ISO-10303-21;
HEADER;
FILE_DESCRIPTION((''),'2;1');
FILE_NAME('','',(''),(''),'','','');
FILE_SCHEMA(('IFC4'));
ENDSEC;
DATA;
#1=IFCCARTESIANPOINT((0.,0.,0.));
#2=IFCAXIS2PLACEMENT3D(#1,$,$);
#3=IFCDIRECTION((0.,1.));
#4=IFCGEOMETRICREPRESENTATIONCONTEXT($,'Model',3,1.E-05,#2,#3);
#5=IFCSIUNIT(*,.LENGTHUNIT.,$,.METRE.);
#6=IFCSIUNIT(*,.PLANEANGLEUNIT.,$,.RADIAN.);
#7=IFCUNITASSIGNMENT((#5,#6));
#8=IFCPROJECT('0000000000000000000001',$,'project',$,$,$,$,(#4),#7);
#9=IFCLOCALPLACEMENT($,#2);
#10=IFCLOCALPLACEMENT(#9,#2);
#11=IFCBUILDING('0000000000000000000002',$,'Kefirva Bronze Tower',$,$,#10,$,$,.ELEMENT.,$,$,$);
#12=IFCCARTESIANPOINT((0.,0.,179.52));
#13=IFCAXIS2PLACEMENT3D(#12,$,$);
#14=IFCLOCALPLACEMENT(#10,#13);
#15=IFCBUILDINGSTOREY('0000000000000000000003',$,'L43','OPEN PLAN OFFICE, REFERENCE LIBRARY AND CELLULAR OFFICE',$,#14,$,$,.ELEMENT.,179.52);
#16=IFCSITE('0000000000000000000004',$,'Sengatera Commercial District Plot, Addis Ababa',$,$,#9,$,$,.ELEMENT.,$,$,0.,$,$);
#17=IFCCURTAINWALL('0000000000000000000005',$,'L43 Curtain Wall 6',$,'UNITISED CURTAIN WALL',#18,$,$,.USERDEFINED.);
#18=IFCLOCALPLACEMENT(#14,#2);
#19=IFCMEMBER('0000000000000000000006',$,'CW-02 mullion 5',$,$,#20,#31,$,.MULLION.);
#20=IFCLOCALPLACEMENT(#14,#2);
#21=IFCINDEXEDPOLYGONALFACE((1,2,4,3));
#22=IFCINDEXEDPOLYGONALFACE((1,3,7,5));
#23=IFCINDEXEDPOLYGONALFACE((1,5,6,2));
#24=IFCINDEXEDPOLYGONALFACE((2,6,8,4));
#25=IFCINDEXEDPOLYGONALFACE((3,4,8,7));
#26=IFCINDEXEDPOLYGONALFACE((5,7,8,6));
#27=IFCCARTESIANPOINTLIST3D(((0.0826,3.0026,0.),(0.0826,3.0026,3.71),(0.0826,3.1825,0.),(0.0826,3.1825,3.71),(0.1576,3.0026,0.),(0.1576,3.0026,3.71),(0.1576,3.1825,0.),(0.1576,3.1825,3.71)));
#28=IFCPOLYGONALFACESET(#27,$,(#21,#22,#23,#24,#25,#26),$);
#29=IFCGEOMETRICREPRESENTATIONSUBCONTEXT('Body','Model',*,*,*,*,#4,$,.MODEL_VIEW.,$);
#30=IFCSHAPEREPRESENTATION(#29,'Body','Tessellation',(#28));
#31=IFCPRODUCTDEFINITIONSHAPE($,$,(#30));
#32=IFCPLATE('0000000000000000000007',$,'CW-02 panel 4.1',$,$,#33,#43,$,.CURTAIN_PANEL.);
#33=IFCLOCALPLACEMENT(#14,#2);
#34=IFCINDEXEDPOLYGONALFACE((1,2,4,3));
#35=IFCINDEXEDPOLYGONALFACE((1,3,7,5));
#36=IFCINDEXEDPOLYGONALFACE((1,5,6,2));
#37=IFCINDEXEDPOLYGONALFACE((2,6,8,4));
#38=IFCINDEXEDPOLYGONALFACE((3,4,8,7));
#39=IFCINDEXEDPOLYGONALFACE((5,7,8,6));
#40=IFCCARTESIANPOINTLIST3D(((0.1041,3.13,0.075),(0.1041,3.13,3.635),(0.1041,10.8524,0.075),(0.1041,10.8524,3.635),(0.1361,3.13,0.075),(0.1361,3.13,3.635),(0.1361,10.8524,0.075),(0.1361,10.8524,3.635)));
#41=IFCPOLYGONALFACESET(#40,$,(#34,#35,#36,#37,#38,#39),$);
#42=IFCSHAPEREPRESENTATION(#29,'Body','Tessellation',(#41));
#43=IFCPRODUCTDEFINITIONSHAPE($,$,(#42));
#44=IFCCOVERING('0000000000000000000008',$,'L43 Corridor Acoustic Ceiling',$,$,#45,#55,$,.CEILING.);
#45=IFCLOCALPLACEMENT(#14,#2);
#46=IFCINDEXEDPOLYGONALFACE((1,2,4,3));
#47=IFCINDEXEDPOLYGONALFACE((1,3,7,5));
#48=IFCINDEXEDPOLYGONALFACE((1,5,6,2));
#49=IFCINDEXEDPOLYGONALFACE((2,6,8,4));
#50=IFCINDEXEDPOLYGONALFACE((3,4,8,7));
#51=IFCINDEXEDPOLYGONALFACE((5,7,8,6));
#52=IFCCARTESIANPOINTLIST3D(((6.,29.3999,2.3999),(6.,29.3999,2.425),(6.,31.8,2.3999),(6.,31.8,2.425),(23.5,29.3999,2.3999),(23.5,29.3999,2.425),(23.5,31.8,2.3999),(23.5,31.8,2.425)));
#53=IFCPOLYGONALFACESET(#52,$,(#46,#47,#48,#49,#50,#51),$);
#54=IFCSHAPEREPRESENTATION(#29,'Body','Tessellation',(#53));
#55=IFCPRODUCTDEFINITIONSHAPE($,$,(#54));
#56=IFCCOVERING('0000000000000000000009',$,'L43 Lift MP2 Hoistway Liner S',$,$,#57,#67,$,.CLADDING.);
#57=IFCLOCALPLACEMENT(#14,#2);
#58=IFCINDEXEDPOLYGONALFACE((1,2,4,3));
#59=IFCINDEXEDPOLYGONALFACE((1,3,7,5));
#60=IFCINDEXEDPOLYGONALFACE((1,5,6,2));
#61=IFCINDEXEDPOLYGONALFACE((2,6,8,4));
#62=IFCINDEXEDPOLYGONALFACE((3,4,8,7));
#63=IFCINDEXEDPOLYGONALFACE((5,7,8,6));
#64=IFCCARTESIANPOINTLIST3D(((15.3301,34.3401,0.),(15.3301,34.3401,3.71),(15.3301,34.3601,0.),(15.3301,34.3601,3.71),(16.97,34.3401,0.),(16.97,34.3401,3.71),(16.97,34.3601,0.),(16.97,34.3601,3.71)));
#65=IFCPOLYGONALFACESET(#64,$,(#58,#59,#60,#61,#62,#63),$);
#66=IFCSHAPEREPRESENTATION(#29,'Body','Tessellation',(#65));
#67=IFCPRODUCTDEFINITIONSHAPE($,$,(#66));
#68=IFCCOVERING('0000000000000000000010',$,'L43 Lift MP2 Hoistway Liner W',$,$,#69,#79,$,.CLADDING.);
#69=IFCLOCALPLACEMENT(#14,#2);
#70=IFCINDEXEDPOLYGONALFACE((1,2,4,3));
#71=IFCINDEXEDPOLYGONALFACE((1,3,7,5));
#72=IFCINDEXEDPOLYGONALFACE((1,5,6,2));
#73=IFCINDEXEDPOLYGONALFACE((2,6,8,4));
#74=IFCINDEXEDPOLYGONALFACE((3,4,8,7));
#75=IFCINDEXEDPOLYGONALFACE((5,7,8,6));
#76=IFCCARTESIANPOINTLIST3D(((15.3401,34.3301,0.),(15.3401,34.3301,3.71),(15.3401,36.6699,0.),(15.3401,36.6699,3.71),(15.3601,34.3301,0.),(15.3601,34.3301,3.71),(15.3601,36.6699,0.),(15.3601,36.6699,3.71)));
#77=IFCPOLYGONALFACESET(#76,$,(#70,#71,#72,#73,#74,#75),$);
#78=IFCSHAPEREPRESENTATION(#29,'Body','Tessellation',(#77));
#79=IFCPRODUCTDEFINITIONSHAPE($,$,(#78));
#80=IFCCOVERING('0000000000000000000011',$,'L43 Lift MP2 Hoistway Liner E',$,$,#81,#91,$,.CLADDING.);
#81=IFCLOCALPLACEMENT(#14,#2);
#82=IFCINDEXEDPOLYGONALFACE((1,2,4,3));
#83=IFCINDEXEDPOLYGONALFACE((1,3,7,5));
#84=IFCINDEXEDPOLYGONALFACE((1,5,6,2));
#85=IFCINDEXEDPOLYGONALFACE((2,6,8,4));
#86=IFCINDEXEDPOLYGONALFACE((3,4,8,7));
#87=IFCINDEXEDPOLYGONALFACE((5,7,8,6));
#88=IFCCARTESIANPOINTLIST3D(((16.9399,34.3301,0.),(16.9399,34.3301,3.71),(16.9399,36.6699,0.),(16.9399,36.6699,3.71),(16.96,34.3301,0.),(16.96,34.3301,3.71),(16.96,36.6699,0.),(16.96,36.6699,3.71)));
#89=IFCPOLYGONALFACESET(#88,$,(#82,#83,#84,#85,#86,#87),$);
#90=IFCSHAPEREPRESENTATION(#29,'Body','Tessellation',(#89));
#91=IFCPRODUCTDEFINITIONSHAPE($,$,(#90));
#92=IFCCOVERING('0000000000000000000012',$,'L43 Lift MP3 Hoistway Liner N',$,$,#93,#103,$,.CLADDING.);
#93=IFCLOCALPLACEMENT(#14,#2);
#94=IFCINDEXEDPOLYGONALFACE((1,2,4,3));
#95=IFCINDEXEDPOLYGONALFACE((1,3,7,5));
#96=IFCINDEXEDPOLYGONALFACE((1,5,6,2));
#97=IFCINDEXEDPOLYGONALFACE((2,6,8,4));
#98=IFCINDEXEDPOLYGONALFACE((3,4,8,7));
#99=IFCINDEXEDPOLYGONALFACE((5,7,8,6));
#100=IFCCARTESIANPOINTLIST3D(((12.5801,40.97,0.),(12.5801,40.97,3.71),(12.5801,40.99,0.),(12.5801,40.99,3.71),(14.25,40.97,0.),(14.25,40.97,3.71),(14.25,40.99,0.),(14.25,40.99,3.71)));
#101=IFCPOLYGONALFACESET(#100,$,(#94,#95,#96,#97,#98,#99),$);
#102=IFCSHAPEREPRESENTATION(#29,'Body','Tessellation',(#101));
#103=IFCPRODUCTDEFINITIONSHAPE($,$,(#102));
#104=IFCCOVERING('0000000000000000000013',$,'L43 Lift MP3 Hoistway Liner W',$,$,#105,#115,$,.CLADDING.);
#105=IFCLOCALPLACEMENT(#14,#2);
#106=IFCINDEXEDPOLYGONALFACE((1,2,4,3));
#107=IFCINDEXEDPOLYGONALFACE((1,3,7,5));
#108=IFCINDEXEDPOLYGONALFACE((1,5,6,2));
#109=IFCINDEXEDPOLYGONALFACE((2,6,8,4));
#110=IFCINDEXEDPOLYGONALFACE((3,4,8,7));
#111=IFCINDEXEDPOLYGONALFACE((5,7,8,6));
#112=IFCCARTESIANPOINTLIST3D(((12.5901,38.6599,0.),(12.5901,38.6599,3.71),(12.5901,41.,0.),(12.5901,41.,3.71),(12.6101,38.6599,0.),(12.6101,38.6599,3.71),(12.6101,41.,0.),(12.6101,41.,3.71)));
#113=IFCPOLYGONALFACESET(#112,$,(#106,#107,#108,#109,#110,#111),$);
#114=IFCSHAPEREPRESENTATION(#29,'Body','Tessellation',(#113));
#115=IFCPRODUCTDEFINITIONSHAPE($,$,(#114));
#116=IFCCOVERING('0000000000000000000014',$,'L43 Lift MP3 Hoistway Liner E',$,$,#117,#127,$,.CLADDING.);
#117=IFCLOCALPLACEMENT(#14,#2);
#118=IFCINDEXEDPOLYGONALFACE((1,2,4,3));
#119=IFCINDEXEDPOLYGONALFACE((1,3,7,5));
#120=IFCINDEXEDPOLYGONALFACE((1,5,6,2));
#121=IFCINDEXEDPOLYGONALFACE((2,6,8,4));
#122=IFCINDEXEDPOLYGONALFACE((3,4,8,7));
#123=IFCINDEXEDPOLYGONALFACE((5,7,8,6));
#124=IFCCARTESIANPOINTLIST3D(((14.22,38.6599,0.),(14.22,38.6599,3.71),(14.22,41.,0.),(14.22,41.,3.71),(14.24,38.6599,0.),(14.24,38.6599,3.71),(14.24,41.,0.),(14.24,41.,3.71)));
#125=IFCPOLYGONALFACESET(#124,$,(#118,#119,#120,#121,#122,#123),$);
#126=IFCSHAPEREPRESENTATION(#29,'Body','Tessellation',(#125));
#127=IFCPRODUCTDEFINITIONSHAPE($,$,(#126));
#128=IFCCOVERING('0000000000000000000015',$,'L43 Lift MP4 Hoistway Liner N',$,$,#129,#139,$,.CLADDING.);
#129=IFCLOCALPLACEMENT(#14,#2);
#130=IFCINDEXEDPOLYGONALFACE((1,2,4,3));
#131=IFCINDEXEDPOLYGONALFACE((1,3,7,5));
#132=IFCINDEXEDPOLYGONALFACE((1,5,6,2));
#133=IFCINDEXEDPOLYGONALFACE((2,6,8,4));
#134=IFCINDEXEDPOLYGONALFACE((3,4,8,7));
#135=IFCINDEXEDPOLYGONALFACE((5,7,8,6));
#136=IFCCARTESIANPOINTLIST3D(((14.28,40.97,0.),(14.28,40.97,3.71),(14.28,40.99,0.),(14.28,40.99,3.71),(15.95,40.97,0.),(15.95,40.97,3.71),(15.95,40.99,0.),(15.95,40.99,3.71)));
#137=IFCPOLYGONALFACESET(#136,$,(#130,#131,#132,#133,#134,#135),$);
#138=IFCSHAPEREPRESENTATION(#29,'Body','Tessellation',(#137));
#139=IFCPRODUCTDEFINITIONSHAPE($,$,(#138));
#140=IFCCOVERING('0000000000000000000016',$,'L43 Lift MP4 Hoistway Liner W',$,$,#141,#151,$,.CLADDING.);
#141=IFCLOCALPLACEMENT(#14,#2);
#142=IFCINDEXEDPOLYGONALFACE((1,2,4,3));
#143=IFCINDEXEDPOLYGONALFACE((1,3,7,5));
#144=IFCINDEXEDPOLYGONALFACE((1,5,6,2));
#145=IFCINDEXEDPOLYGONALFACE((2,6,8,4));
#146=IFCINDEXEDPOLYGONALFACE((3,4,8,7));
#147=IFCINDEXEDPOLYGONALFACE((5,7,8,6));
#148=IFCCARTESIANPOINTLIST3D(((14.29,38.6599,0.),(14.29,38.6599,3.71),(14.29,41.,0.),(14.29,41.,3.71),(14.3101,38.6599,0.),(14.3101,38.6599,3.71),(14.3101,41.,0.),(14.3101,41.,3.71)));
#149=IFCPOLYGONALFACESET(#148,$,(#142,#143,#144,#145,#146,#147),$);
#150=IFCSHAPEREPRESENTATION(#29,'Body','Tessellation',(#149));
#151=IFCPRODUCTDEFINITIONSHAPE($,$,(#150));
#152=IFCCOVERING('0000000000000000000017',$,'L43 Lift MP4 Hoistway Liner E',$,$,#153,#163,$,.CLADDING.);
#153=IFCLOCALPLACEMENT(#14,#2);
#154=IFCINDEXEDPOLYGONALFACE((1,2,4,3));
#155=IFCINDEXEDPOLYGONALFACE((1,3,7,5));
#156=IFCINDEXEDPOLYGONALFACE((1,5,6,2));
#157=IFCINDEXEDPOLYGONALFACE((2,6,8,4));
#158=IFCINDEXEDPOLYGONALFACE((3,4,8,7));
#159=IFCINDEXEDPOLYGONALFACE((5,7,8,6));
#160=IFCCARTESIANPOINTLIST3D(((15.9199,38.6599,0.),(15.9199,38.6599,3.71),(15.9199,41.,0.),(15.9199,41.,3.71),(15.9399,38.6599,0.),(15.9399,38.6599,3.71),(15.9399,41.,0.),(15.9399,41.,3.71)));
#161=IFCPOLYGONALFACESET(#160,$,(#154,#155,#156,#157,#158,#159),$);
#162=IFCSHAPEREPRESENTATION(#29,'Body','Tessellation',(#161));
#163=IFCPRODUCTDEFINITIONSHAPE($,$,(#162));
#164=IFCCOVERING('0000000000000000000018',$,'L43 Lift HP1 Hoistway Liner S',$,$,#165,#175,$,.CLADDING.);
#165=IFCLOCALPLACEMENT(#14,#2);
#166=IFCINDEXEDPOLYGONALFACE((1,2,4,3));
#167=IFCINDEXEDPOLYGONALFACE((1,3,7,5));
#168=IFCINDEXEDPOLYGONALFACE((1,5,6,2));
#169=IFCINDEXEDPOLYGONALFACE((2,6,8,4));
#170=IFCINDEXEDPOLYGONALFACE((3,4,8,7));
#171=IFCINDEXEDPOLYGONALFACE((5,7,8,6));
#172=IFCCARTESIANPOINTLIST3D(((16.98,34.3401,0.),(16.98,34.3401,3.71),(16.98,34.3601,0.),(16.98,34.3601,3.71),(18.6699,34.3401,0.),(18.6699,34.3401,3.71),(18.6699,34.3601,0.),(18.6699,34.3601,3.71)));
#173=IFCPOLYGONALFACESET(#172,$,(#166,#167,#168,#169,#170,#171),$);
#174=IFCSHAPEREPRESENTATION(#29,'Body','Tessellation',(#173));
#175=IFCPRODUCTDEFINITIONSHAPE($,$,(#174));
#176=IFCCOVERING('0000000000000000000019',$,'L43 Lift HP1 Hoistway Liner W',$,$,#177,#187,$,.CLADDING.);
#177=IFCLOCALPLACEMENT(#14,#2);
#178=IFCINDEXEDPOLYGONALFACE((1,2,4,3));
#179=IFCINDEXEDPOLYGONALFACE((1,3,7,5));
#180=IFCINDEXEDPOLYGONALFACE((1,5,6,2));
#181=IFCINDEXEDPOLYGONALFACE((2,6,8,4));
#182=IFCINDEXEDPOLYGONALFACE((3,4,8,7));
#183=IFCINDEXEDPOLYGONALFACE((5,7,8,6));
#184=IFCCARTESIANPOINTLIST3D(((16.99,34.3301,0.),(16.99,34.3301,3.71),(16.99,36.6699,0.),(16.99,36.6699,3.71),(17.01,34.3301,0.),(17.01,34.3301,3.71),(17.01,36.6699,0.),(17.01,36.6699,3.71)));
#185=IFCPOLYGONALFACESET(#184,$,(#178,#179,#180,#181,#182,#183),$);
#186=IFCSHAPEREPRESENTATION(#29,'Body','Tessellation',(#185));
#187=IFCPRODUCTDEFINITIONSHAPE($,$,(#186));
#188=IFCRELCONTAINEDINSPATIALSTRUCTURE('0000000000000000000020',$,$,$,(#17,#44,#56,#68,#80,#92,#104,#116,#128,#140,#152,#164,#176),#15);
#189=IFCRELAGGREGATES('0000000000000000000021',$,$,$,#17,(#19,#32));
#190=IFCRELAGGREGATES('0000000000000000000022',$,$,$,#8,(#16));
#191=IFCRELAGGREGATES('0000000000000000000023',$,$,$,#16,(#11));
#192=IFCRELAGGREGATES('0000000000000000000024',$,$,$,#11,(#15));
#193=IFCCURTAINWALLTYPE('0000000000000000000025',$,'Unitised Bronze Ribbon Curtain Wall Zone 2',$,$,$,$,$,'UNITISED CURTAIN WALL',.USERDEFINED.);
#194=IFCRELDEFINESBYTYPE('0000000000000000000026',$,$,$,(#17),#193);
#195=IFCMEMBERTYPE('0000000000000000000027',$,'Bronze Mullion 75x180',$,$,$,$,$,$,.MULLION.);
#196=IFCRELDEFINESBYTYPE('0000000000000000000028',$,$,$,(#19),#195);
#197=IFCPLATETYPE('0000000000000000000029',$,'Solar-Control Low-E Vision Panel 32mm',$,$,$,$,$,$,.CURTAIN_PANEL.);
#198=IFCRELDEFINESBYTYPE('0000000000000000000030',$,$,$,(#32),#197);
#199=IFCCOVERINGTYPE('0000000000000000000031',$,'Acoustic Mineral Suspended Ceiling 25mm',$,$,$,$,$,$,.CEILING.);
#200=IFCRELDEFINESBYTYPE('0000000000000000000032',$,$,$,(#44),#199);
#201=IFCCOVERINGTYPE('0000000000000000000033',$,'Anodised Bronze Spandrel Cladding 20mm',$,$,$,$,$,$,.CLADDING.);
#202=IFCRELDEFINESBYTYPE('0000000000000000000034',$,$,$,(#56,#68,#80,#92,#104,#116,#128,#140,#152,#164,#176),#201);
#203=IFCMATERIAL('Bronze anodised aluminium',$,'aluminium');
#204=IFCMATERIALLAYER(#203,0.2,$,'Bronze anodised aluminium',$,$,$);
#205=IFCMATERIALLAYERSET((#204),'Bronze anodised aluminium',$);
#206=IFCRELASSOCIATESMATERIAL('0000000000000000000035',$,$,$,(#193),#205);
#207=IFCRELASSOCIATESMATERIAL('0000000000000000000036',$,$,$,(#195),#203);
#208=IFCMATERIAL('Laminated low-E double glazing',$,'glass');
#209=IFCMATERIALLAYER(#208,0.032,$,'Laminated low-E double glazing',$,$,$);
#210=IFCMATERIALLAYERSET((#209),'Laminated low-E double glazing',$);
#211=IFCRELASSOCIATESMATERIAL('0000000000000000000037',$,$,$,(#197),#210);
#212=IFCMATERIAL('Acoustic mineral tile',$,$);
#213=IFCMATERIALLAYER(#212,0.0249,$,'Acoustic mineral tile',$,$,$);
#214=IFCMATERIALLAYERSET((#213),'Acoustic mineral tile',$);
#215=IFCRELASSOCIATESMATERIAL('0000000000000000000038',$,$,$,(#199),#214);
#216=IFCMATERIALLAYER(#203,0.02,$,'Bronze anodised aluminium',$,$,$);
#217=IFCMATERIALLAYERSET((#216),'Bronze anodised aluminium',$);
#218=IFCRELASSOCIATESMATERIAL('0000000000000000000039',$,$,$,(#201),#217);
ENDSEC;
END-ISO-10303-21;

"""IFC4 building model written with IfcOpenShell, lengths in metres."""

from ifc_helpers import new_model, si_unit, direction, frame, origin, origin_2d, place, context, subcontext, project, spatial, polyline, rectangle, outline, extrude, material, layer, layer_set, material_profile, profile_set, type_object, element, aggregate, save


model = new_model("IFC4")

# Units and contexts
model_context = context("Model", 3, precision=1e-05, world=origin(), true_north=direction((0.0, 1.0)))
body_context = subcontext(model_context, "Body", "Model", "MODEL_VIEW")
ifc_project = project(units=[si_unit("LENGTHUNIT", "METRE"), si_unit("PLANEANGLEUNIT", "RADIAN")], contexts=[model_context])

# Site, building, storey
site_placement = place(None, origin())
site = spatial("IfcSite", under=ifc_project, at=site_placement, Name="Sengatera Commercial District Plot, Addis Ababa", CompositionType="ELEMENT", RefElevation=0.0)
building_placement = place(site_placement, origin())
building = spatial("IfcBuilding", under=site, at=building_placement, Name="Kefirva Bronze Tower", CompositionType="ELEMENT")
storey_placement = place(building_placement, frame((0.0, 0.0, 179.52)))
storey = spatial("IfcBuildingStorey", under=building, at=storey_placement, Name="L43", Description="OPEN PLAN OFFICE, REFERENCE LIBRARY AND CELLULAR OFFICE", CompositionType="ELEMENT", Elevation=179.52)

# Curtain wall, member, plate
ifc_material_1 = material(Name="Bronze anodised aluminium", Category="aluminium")
ifc_layer_1 = layer(ifc_material_1, 0.2, Name="Bronze anodised aluminium")
ifc_layer_set_1 = layer_set([ifc_layer_1], Name="Bronze anodised aluminium")
curtain_wall_type = type_object("IfcCurtainWallType", Name="Unitised Bronze Ribbon Curtain Wall Zone 2", ElementType="UNITISED CURTAIN WALL", PredefinedType="USERDEFINED", material=ifc_layer_set_1)
curtain_wall_placement = place(storey_placement, origin())
curtain_wall = element("IfcCurtainWall", 1, at=curtain_wall_placement, inside=storey, type_object=curtain_wall_type, Name="L43 Curtain Wall 6", ObjectType="UNITISED CURTAIN WALL", PredefinedType="USERDEFINED")
ifc_material_profile = material_profile(ifc_material_1, rectangle(XDim=0.075, YDim=0.1799, at=origin_2d()), Name="ALU 75x180")
ifc_profile_set = profile_set([ifc_material_profile], Name="Bronze anodised aluminium")
member_type = type_object("IfcMemberType", Name="Bronze Mullion 75x180", PredefinedType="MULLION", material=ifc_profile_set)
member_placement = place(storey_placement, frame((0.1201, 3.0925, 0.0), z_axis=(0.0, 0.0, 1.0), x_axis=(1.0, 0.0, 0.0)))
member = element("IfcMember", 2, at=member_placement, type_object=member_type, Name="CW-02 mullion 5", PredefinedType="MULLION", context=body_context, shape_type="SweptSolid", body=[
    extrude(rectangle(XDim=0.075, YDim=0.1799, at=origin_2d()), origin(), (0.0, 0.0, 1.0), 3.71),
])
ifc_material_2 = material(Name="Laminated low-E double glazing", Category="glass")
ifc_layer_2 = layer(ifc_material_2, 0.032, Name="Laminated low-E double glazing")
ifc_layer_set_2 = layer_set([ifc_layer_2], Name="Laminated low-E double glazing")
plate_type = type_object("IfcPlateType", Name="Solar-Control Low-E Vision Panel 32mm", PredefinedType="CURTAIN_PANEL", material=ifc_layer_set_2)
plate_placement = place(storey_placement, frame((0.1201, 6.9912, 0.075), z_axis=(0.0, 0.0, 1.0), x_axis=(0.0, -1.0, 0.0)))
plate = element("IfcPlate", 3, at=plate_placement, type_object=plate_type, Name="CW-02 panel 4.1", PredefinedType="CURTAIN_PANEL", context=body_context, shape_type="SweptSolid", body=[
    extrude(rectangle(XDim=7.7224, YDim=0.032, at=origin_2d()), origin(), (0.0, 0.0, 1.0), 3.5601),
])
aggregate(curtain_wall, [member, plate])

# Coverings
ifc_material_3 = material(Name="Acoustic mineral tile")
ifc_layer_3 = layer(ifc_material_3, 0.0249, Name="Acoustic mineral tile")
ifc_layer_set_3 = layer_set([ifc_layer_3], Name="Acoustic mineral tile")
covering_type_1 = type_object("IfcCoveringType", Name="Acoustic Mineral Suspended Ceiling 25mm", PredefinedType="CEILING", material=ifc_layer_set_3)
covering_1_placement = place(storey_placement, frame((0.0, 0.0, 2.3999)))
element("IfcCovering", 4, at=covering_1_placement, inside=storey, type_object=covering_type_1, Name="L43 Corridor Acoustic Ceiling", PredefinedType="CEILING", context=body_context, shape_type="SweptSolid", body=[
    extrude(outline(polyline([(6.0, 29.3999), (23.5, 29.3999), (23.5, 31.8), (6.0, 31.8), (6.0, 29.3999)])), origin(), (0.0, 0.0, 1.0), 0.0251),
])
ifc_layer_4 = layer(ifc_material_1, 0.02, Name="Bronze anodised aluminium")
ifc_layer_set_4 = layer_set([ifc_layer_4], Name="Bronze anodised aluminium")
covering_type_2 = type_object("IfcCoveringType", Name="Anodised Bronze Spandrel Cladding 20mm", PredefinedType="CLADDING", material=ifc_layer_set_4)
covering_2_placement = place(storey_placement, origin())
element("IfcCovering", 5, at=covering_2_placement, inside=storey, type_object=covering_type_2, Name="L43 Lift MP2 Hoistway Liner S", PredefinedType="CLADDING", context=body_context, shape_type="SweptSolid", body=[
    extrude(outline(polyline([(15.3301, 34.3401), (16.97, 34.3401), (16.97, 34.3601), (15.3301, 34.3601), (15.3301, 34.3401)])), origin(), (0.0, 0.0, 1.0), 3.71),
])
covering_3_placement = place(storey_placement, origin())
element("IfcCovering", 6, at=covering_3_placement, inside=storey, type_object=covering_type_2, Name="L43 Lift MP2 Hoistway Liner W", PredefinedType="CLADDING", context=body_context, shape_type="SweptSolid", body=[
    extrude(outline(polyline([(15.3401, 34.3301), (15.3601, 34.3301), (15.3601, 36.6699), (15.3401, 36.6699), (15.3401, 34.3301)])), origin(), (0.0, 0.0, 1.0), 3.71),
])
covering_4_placement = place(storey_placement, origin())
element("IfcCovering", 7, at=covering_4_placement, inside=storey, type_object=covering_type_2, Name="L43 Lift MP2 Hoistway Liner E", PredefinedType="CLADDING", context=body_context, shape_type="SweptSolid", body=[
    extrude(outline(polyline([(16.9399, 34.3301), (16.96, 34.3301), (16.96, 36.6699), (16.9399, 36.6699), (16.9399, 34.3301)])), origin(), (0.0, 0.0, 1.0), 3.71),
])
covering_5_placement = place(storey_placement, origin())
element("IfcCovering", 8, at=covering_5_placement, inside=storey, type_object=covering_type_2, Name="L43 Lift MP3 Hoistway Liner N", PredefinedType="CLADDING", context=body_context, shape_type="SweptSolid", body=[
    extrude(outline(polyline([(12.5801, 40.97), (14.25, 40.97), (14.25, 40.99), (12.5801, 40.99), (12.5801, 40.97)])), origin(), (0.0, 0.0, 1.0), 3.71),
])
covering_6_placement = place(storey_placement, origin())
element("IfcCovering", 9, at=covering_6_placement, inside=storey, type_object=covering_type_2, Name="L43 Lift MP3 Hoistway Liner W", PredefinedType="CLADDING", context=body_context, shape_type="SweptSolid", body=[
    extrude(outline(polyline([(12.5901, 38.6599), (12.6101, 38.6599), (12.6101, 41.0), (12.5901, 41.0), (12.5901, 38.6599)])), origin(), (0.0, 0.0, 1.0), 3.71),
])
covering_7_placement = place(storey_placement, origin())
element("IfcCovering", 10, at=covering_7_placement, inside=storey, type_object=covering_type_2, Name="L43 Lift MP3 Hoistway Liner E", PredefinedType="CLADDING", context=body_context, shape_type="SweptSolid", body=[
    extrude(outline(polyline([(14.22, 38.6599), (14.24, 38.6599), (14.24, 41.0), (14.22, 41.0), (14.22, 38.6599)])), origin(), (0.0, 0.0, 1.0), 3.71),
])
covering_8_placement = place(storey_placement, origin())
element("IfcCovering", 11, at=covering_8_placement, inside=storey, type_object=covering_type_2, Name="L43 Lift MP4 Hoistway Liner N", PredefinedType="CLADDING", context=body_context, shape_type="SweptSolid", body=[
    extrude(outline(polyline([(14.28, 40.97), (15.95, 40.97), (15.95, 40.99), (14.28, 40.99), (14.28, 40.97)])), origin(), (0.0, 0.0, 1.0), 3.71),
])
covering_9_placement = place(storey_placement, origin())
element("IfcCovering", 12, at=covering_9_placement, inside=storey, type_object=covering_type_2, Name="L43 Lift MP4 Hoistway Liner W", PredefinedType="CLADDING", context=body_context, shape_type="SweptSolid", body=[
    extrude(outline(polyline([(14.29, 38.6599), (14.3101, 38.6599), (14.3101, 41.0), (14.29, 41.0), (14.29, 38.6599)])), origin(), (0.0, 0.0, 1.0), 3.71),
])
covering_10_placement = place(storey_placement, origin())
element("IfcCovering", 13, at=covering_10_placement, inside=storey, type_object=covering_type_2, Name="L43 Lift MP4 Hoistway Liner E", PredefinedType="CLADDING", context=body_context, shape_type="SweptSolid", body=[
    extrude(outline(polyline([(15.9199, 38.6599), (15.9399, 38.6599), (15.9399, 41.0), (15.9199, 41.0), (15.9199, 38.6599)])), origin(), (0.0, 0.0, 1.0), 3.71),
])
covering_11_placement = place(storey_placement, origin())
element("IfcCovering", 14, at=covering_11_placement, inside=storey, type_object=covering_type_2, Name="L43 Lift HP1 Hoistway Liner S", PredefinedType="CLADDING", context=body_context, shape_type="SweptSolid", body=[
    extrude(outline(polyline([(16.98, 34.3401), (18.6699, 34.3401), (18.6699, 34.3601), (16.98, 34.3601), (16.98, 34.3401)])), origin(), (0.0, 0.0, 1.0), 3.71),
])
covering_12_placement = place(storey_placement, origin())
element("IfcCovering", 15, at=covering_12_placement, inside=storey, type_object=covering_type_2, Name="L43 Lift HP1 Hoistway Liner W", PredefinedType="CLADDING", context=body_context, shape_type="SweptSolid", body=[
    extrude(outline(polyline([(16.99, 34.3301), (17.01, 34.3301), (17.01, 36.6699), (16.99, 36.6699), (16.99, 34.3301)])), origin(), (0.0, 0.0, 1.0), 3.71),
])

save(model, "model.ifc")
